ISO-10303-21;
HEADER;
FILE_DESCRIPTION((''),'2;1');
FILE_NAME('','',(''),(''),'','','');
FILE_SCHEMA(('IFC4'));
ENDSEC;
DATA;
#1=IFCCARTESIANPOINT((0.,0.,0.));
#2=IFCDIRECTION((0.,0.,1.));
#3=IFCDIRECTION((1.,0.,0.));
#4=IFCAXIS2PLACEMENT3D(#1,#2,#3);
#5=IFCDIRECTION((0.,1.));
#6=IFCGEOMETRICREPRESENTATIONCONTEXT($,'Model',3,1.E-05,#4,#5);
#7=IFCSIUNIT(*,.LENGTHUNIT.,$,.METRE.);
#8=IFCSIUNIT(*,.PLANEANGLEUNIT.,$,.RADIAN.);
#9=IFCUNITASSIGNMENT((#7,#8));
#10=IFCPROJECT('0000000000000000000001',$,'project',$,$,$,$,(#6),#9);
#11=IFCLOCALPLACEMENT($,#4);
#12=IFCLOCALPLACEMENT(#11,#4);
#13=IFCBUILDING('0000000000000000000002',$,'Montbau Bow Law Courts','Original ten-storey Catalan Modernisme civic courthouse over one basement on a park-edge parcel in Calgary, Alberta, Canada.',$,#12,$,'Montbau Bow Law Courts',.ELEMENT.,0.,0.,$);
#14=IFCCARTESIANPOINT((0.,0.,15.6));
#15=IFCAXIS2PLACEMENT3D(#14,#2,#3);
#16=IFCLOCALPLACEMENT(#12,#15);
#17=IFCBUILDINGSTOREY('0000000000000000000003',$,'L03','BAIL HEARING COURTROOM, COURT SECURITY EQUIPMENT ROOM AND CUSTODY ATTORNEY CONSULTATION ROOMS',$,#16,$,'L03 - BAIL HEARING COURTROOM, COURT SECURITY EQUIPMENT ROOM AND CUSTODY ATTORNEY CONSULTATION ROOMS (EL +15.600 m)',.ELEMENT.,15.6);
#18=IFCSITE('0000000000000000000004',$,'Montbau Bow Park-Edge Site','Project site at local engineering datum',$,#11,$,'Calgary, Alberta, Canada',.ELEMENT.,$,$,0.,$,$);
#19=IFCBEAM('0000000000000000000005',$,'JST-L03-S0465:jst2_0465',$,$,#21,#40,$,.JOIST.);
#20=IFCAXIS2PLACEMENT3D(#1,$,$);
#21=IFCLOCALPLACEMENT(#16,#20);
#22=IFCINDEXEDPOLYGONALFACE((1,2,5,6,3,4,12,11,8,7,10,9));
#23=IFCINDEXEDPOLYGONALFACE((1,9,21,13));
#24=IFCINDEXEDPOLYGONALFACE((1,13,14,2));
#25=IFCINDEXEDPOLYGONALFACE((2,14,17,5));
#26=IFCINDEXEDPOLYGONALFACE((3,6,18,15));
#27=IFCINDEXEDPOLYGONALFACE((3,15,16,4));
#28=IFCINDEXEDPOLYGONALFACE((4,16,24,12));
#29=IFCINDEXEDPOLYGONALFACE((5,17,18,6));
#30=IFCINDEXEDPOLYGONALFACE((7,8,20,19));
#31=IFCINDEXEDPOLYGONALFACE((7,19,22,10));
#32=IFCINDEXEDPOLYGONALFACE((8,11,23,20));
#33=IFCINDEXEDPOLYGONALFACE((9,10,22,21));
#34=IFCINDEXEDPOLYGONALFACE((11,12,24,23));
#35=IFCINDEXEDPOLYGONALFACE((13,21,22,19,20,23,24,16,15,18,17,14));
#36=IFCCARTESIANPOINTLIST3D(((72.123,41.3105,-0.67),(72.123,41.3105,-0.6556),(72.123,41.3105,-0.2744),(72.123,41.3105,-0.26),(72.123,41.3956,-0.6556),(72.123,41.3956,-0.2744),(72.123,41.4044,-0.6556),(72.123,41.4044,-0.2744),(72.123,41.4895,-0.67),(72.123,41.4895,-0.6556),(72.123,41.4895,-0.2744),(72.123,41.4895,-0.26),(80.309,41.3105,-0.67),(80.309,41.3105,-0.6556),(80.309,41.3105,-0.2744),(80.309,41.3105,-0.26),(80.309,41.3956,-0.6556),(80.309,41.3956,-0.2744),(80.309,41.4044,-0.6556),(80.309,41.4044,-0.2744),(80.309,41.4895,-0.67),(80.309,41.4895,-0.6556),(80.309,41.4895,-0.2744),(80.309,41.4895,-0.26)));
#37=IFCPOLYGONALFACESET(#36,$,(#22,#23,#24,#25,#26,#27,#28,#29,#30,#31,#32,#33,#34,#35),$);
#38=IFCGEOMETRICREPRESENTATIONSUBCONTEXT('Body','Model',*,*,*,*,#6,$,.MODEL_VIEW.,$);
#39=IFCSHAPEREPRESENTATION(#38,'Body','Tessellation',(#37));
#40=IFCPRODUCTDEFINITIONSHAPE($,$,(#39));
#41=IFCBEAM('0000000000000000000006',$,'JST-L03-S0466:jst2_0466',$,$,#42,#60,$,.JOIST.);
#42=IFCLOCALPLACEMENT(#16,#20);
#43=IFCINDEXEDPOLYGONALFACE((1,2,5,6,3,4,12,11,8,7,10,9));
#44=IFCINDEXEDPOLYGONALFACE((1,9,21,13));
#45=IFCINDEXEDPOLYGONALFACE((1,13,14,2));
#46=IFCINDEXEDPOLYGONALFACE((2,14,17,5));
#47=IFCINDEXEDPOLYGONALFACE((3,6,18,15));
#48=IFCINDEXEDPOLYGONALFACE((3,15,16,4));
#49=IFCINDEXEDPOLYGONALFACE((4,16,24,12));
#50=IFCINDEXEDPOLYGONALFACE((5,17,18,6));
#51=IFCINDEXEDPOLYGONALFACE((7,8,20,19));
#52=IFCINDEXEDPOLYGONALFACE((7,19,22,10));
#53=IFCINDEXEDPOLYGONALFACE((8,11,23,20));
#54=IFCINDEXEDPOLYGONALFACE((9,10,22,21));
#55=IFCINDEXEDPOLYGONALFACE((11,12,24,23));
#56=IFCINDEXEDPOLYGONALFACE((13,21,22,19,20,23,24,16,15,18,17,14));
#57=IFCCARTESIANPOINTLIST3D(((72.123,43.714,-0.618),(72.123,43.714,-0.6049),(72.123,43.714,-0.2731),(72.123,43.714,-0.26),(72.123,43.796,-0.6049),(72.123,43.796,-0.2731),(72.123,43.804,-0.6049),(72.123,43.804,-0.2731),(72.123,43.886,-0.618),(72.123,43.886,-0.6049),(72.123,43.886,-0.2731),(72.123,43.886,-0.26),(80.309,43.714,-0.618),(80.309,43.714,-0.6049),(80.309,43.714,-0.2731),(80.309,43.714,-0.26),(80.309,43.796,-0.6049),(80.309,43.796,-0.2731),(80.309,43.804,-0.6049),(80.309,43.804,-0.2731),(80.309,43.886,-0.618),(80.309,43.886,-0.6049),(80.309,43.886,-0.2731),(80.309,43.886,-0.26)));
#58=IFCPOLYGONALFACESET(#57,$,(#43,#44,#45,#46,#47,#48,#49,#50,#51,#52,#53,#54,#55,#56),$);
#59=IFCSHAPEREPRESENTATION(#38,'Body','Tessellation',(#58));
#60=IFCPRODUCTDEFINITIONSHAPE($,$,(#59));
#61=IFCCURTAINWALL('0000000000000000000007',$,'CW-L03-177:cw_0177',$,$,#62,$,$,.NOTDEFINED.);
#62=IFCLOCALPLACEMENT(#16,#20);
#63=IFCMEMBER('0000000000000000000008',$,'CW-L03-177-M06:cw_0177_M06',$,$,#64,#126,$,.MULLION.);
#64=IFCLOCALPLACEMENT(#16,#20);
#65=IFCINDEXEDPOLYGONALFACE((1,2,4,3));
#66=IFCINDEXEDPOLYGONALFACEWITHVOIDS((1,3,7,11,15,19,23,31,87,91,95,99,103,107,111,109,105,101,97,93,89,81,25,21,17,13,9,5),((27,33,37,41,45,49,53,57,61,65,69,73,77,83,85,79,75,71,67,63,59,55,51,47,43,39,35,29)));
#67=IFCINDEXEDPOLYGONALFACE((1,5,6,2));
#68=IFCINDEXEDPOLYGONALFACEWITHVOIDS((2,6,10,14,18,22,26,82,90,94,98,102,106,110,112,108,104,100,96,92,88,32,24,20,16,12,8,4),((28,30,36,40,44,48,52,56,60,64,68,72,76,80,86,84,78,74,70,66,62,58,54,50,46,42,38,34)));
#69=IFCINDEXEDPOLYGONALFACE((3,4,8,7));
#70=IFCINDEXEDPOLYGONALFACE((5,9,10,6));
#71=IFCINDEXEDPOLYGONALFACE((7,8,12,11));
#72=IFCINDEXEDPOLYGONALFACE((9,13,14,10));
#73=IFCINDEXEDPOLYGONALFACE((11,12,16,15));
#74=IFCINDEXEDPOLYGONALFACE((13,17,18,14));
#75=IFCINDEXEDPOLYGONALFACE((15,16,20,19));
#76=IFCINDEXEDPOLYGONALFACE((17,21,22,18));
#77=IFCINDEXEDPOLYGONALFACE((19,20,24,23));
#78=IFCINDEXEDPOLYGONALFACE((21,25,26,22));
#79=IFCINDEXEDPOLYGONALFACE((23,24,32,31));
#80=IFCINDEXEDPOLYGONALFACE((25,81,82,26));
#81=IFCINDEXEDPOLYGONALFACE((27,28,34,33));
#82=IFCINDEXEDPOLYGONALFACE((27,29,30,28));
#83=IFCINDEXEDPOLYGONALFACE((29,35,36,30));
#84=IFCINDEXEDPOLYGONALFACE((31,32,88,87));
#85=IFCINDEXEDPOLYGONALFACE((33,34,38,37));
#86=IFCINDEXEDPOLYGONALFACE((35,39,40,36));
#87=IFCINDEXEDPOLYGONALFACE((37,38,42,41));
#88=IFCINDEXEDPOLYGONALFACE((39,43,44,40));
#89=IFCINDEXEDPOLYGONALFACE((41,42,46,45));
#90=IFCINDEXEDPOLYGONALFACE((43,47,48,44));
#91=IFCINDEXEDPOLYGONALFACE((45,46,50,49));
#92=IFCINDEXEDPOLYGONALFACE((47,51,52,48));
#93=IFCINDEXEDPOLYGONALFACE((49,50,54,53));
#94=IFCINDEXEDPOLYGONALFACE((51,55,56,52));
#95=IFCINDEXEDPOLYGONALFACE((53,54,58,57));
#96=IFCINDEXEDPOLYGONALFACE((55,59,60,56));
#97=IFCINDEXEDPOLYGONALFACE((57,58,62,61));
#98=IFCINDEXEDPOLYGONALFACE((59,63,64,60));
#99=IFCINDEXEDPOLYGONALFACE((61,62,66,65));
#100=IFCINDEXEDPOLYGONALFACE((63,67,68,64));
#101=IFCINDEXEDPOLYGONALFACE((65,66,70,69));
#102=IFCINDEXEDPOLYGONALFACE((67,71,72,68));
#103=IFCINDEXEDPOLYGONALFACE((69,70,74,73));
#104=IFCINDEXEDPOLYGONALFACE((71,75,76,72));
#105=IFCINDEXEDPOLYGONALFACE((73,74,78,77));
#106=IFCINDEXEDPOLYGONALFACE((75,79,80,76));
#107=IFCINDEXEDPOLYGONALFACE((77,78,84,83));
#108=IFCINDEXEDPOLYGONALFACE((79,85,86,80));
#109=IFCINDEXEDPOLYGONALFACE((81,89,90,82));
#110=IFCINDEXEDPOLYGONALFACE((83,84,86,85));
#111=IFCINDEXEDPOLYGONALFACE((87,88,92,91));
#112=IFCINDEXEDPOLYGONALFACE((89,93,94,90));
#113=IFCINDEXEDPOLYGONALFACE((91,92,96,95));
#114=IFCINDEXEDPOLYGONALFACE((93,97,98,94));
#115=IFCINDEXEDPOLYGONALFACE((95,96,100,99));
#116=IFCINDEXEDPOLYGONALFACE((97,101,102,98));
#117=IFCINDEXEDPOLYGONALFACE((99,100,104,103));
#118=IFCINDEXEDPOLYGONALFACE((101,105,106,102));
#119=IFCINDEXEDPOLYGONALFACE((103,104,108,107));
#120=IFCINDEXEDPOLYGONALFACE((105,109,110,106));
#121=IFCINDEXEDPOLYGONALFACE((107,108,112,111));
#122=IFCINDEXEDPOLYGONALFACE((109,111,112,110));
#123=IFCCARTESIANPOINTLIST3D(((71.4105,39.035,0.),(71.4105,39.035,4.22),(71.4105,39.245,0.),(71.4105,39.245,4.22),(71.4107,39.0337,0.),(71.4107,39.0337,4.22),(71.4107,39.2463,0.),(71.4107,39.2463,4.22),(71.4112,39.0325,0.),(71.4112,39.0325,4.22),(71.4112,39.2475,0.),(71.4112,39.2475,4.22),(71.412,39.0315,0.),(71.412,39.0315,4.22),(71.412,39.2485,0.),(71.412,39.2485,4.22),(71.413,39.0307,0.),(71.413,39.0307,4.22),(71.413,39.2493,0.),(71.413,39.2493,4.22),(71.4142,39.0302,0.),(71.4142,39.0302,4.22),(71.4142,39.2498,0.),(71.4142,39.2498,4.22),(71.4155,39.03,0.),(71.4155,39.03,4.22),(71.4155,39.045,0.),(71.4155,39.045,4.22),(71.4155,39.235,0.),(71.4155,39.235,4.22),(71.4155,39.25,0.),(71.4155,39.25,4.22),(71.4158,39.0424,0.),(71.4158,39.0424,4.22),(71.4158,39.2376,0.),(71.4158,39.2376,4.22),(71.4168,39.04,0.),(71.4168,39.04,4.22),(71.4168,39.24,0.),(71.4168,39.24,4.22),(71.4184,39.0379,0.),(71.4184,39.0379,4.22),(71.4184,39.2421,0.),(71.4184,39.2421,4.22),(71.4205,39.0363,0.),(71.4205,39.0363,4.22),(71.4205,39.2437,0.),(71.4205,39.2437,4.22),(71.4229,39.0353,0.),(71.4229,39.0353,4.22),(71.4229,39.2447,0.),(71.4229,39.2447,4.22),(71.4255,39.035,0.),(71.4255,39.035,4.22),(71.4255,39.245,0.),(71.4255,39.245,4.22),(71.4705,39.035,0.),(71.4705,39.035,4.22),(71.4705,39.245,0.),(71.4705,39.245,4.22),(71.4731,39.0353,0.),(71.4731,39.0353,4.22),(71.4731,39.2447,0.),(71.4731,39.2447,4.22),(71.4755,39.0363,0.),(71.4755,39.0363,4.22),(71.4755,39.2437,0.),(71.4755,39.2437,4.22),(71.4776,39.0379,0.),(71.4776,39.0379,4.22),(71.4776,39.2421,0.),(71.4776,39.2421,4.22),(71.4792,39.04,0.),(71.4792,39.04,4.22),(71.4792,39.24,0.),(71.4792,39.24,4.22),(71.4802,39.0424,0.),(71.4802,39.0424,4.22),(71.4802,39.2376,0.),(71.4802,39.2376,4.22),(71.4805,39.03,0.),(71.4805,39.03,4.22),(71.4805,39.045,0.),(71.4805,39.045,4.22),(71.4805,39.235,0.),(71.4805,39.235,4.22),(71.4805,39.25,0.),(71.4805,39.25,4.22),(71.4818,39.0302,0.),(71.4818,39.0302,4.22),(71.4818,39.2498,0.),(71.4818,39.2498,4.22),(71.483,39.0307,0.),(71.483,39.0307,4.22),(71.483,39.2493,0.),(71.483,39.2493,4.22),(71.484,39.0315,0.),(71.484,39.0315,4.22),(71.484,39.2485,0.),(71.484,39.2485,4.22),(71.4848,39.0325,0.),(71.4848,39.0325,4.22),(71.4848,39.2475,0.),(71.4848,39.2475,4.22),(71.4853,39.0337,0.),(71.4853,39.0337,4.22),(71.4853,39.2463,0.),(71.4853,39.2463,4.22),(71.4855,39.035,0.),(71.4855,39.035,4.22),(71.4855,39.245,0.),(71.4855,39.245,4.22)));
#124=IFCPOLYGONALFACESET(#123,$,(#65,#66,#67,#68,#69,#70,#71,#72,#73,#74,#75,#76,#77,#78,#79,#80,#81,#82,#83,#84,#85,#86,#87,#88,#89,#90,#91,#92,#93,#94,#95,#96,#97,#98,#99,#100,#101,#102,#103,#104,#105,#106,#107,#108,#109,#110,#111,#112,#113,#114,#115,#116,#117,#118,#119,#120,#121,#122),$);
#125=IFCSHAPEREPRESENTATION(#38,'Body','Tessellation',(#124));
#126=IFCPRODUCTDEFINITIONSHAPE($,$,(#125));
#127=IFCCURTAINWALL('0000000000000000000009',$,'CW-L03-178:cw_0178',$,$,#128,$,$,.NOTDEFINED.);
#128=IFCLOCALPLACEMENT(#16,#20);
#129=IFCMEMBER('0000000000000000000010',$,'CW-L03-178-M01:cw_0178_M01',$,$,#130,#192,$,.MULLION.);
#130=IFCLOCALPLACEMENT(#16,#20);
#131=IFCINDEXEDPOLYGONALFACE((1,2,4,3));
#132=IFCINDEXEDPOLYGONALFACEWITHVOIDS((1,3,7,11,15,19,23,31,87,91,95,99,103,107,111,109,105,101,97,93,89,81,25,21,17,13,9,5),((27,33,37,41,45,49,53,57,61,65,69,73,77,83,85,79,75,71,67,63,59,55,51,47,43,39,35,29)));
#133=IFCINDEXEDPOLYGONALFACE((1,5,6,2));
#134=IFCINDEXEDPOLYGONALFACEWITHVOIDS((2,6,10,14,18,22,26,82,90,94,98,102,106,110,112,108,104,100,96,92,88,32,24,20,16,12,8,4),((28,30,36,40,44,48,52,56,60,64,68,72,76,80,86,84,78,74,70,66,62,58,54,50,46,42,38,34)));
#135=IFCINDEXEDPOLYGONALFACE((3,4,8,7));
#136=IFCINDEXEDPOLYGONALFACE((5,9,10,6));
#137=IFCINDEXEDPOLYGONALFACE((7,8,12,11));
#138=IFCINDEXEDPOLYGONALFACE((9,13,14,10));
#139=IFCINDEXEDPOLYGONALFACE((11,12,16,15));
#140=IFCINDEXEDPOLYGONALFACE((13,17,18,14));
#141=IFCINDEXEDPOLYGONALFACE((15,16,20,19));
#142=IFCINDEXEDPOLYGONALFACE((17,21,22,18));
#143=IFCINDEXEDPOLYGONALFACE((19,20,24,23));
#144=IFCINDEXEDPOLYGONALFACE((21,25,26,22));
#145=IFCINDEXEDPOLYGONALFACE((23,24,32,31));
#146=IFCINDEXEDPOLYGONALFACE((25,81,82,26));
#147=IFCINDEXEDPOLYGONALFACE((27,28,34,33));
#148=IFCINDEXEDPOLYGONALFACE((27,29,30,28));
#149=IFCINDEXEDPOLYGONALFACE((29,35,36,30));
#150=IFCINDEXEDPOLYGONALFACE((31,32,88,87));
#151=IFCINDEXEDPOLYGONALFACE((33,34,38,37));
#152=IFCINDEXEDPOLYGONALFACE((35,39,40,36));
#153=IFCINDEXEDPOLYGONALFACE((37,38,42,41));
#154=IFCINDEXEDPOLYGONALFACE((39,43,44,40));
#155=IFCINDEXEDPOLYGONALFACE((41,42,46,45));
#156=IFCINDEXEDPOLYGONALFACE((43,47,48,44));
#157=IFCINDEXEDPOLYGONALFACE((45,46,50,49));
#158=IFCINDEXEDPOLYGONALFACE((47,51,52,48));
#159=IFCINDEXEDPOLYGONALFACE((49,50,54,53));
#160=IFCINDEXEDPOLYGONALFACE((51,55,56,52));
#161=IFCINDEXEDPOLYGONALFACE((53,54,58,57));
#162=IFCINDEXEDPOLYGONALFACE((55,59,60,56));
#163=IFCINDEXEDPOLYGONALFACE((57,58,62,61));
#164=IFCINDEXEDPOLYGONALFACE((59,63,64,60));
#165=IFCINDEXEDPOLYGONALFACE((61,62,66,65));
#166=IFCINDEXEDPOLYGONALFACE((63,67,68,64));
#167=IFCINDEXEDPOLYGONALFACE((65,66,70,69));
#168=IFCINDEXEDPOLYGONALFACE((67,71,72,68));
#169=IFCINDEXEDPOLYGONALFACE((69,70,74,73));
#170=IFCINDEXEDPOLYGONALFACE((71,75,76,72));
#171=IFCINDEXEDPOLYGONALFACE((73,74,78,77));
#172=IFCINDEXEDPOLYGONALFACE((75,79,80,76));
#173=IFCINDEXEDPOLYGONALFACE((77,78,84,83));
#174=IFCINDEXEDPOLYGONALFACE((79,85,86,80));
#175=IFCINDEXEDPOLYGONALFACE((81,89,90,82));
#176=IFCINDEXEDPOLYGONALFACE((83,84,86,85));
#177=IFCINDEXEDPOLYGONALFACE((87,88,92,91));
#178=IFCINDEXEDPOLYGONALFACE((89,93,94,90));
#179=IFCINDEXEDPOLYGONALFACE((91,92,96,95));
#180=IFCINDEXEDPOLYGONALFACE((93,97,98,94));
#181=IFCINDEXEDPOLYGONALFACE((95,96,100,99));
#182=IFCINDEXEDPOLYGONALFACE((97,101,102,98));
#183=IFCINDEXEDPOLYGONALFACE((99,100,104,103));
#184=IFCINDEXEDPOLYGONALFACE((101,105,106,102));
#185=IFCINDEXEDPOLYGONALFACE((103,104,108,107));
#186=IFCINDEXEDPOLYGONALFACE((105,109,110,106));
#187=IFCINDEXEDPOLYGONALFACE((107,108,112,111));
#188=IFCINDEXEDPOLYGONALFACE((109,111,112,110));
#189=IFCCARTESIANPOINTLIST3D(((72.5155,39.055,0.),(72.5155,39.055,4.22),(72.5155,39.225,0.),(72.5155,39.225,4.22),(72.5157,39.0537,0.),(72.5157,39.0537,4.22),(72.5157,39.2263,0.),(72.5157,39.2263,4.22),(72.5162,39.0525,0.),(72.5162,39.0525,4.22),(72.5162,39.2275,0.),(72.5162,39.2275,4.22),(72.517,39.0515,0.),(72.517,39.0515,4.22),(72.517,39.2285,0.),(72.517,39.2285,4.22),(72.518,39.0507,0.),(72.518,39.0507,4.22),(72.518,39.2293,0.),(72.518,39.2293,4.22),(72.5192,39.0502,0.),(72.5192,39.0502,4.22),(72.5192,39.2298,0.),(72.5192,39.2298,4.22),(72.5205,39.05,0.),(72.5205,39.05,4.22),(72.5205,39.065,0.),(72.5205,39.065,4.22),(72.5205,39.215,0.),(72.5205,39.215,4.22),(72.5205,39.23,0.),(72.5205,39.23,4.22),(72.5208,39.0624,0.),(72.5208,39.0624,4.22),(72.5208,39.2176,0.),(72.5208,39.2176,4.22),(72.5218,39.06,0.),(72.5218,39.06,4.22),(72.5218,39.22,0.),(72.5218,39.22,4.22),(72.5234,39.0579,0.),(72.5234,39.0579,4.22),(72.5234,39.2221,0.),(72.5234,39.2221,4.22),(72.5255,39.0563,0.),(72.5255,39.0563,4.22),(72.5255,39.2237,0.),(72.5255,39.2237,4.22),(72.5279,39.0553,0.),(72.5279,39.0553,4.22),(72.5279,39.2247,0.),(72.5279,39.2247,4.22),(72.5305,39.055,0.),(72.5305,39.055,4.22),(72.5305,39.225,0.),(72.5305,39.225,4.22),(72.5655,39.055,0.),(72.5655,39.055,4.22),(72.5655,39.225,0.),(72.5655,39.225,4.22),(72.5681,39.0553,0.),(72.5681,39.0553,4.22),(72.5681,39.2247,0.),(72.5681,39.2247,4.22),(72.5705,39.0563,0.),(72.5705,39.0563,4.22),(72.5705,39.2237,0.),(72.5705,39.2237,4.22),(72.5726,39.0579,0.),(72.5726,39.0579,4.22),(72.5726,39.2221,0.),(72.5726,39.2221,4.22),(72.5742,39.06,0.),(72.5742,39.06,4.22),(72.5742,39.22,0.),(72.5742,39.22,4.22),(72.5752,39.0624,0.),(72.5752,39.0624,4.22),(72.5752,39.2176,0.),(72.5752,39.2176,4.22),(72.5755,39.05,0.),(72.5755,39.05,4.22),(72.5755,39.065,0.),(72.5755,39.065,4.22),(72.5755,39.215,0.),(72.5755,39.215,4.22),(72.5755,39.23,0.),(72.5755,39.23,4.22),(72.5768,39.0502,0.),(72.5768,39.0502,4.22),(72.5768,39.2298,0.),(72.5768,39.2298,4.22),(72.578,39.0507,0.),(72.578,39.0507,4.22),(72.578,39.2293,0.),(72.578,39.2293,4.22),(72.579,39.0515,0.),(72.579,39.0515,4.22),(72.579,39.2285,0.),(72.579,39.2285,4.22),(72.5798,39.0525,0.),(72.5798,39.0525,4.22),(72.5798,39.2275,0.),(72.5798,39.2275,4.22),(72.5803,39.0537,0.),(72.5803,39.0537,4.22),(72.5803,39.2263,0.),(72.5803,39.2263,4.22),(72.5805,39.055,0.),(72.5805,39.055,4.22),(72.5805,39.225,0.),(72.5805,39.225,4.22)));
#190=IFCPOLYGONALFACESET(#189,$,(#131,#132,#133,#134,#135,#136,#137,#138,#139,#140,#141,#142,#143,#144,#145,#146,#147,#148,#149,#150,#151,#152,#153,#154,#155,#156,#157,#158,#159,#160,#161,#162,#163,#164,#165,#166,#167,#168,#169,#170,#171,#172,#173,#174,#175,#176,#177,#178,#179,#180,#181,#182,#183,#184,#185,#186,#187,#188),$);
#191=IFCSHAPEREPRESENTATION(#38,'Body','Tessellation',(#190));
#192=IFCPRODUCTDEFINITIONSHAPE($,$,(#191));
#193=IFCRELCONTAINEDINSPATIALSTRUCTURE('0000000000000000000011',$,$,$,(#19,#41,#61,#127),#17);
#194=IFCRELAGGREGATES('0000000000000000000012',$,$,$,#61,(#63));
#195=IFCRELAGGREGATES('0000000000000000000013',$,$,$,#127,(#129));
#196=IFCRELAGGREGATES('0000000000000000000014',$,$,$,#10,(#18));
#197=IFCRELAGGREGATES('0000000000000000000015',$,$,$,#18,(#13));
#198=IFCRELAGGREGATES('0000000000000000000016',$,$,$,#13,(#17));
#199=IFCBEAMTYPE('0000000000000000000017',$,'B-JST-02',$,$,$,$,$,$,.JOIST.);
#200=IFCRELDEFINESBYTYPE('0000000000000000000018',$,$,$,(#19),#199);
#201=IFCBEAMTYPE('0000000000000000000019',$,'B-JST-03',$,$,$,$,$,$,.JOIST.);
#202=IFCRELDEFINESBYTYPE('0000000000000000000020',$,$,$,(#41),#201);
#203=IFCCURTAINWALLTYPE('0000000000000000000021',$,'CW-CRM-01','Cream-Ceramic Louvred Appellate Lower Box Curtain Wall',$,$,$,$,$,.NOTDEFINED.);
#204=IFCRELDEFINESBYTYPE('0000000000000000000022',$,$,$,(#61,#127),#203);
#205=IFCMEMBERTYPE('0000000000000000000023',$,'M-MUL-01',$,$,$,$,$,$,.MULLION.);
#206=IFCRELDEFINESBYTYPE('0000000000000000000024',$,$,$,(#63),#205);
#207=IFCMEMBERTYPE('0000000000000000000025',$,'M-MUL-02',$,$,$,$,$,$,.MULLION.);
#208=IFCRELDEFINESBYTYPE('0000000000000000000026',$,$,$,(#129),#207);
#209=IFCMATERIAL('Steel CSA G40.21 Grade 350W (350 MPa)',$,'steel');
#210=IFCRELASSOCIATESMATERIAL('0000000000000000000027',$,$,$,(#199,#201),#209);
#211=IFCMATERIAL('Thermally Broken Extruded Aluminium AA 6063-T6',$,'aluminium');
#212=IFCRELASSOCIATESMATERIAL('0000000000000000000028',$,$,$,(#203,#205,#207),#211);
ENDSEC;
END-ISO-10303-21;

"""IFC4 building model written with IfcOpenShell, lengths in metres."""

from ifc_helpers import new_model, si_unit, direction, frame, origin_with_axes, origin_2d_with_axis, place, context, subcontext, project, spatial, hollow_rectangle, i_section, extrude, material, material_profile, profile_set, type_object, element, aggregate, save


model = new_model("IFC4")

# Units and contexts
model_context = context("Model", 3, precision=1e-05, world=origin_with_axes(), true_north=direction((0.0, 1.0)))
body_context = subcontext(model_context, "Body", "Model", "MODEL_VIEW")
ifc_project = project(units=[si_unit("LENGTHUNIT", "METRE"), si_unit("PLANEANGLEUNIT", "RADIAN")], contexts=[model_context])

# Site, building, storey
site_placement = place(None, origin_with_axes())
site = spatial("IfcSite", under=ifc_project, at=site_placement, Name="Montbau Bow Park-Edge Site", Description="Project site at local engineering datum", LongName="Calgary, Alberta, Canada", CompositionType="ELEMENT", RefElevation=0.0)
building_placement = place(site_placement, origin_with_axes())
building = spatial("IfcBuilding", under=site, at=building_placement, Name="Montbau Bow Law Courts", Description="Original ten-storey Catalan Modernisme civic courthouse over one basement on a park-edge parcel in Calgary, Alberta, Canada.", LongName="Montbau Bow Law Courts", CompositionType="ELEMENT", ElevationOfRefHeight=0.0, ElevationOfTerrain=0.0)
storey_placement = place(building_placement, frame((0.0, 0.0, 15.6), z_axis=(0.0, 0.0, 1.0), x_axis=(1.0, 0.0, 0.0)))
storey = spatial("IfcBuildingStorey", under=building, at=storey_placement, Name="L03", Description="BAIL HEARING COURTROOM, COURT SECURITY EQUIPMENT ROOM AND CUSTODY ATTORNEY CONSULTATION ROOMS", LongName="L03 - BAIL HEARING COURTROOM, COURT SECURITY EQUIPMENT ROOM AND CUSTODY ATTORNEY CONSULTATION ROOMS (EL +15.600 m)", CompositionType="ELEMENT", Elevation=15.6)

# Beams
ifc_material_1 = material(Name="Steel CSA G40.21 Grade 350W (350 MPa)", Category="steel")
ifc_material_profile_1 = material_profile(ifc_material_1, i_section(OverallWidth=0.179, OverallDepth=0.41, WebThickness=0.0088, FlangeThickness=0.0144, at=origin_2d_with_axis()), Name="W410X67", Category="Main", Priority=0)
ifc_profile_set_1 = profile_set([ifc_material_profile_1], Name="Steel CSA G40.21 Grade 350W (350 MPa)")
beam_type_1 = type_object("IfcBeamType", Name="B-JST-02", PredefinedType="JOIST", material=ifc_profile_set_1)
beam_1_placement = place(None, frame((72.123, 41.4, 15.135), z_axis=(1.0, 0.0, 0.0), x_axis=(0.0, 1.0, 0.0)))
element("IfcBeam", 1, at=beam_1_placement, inside=storey, type_object=beam_type_1, Name="JST-L03-S0465:jst2_0465", PredefinedType="JOIST", context=body_context, shape_type="SweptSolid", body=[
    extrude(i_section(OverallWidth=0.179, OverallDepth=0.41, WebThickness=0.0088, FlangeThickness=0.0144, at=origin_2d_with_axis()), origin_with_axes(), (0.0, 0.0, 1.0), 8.186),
])
ifc_material_profile_2 = material_profile(ifc_material_1, i_section(OverallWidth=0.172, OverallDepth=0.358, WebThickness=0.0079, FlangeThickness=0.0131, at=origin_2d_with_axis()), Name="W360X57", Category="Main", Priority=0)
ifc_profile_set_2 = profile_set([ifc_material_profile_2], Name="Steel CSA G40.21 Grade 350W (350 MPa)")
beam_type_2 = type_object("IfcBeamType", Name="B-JST-03", PredefinedType="JOIST", material=ifc_profile_set_2)
beam_2_placement = place(None, frame((72.123, 43.8, 15.161), z_axis=(1.0, 0.0, 0.0), x_axis=(0.0, 1.0, 0.0)))
element("IfcBeam", 2, at=beam_2_placement, inside=storey, type_object=beam_type_2, Name="JST-L03-S0466:jst2_0466", PredefinedType="JOIST", context=body_context, shape_type="SweptSolid", body=[
    extrude(i_section(OverallWidth=0.172, OverallDepth=0.358, WebThickness=0.0079, FlangeThickness=0.0131, at=origin_2d_with_axis()), origin_with_axes(), (0.0, 0.0, 1.0), 8.186),
])

# Curtain wall, member
ifc_material_2 = material(Name="Thermally Broken Extruded Aluminium AA 6063-T6", Category="aluminium")
curtain_wall_type = type_object("IfcCurtainWallType", Name="CW-CRM-01", Description="Cream-Ceramic Louvred Appellate Lower Box Curtain Wall", PredefinedType="NOTDEFINED", material=ifc_material_2)
curtain_wall_1_placement = place(None, frame((64.115, 39.14, 15.6), z_axis=(0.0, 0.0, 1.0), x_axis=(1.0, 0.0, 0.0)))
curtain_wall_1 = element("IfcCurtainWall", 3, at=curtain_wall_1_placement, inside=storey, type_object=curtain_wall_type, Name="CW-L03-177:cw_0177", PredefinedType="NOTDEFINED")
ifc_material_profile_3 = material_profile(ifc_material_2, hollow_rectangle(XDim=0.075, YDim=0.22, WallThickness=0.005, InnerFilletRadius=0.01, OuterFilletRadius=0.005, at=origin_2d_with_axis()), Name="CWM-220X75", Category="Main", Priority=0)
ifc_profile_set_3 = profile_set([ifc_material_profile_3], Name="Thermally Broken Extruded Aluminium AA 6063-T6")
member_type_1 = type_object("IfcMemberType", Name="M-MUL-01", PredefinedType="MULLION", material=ifc_profile_set_3)
member_1_placement = place(None, frame((71.448, 39.14, 15.6), z_axis=(0.0, 0.0, 1.0), x_axis=(1.0, 0.0, 0.0)))
member_1 = element("IfcMember", 4, at=member_1_placement, type_object=member_type_1, Name="CW-L03-177-M06:cw_0177_M06", PredefinedType="MULLION", context=body_context, shape_type="SweptSolid", body=[
    extrude(hollow_rectangle(XDim=0.075, YDim=0.22, WallThickness=0.005, InnerFilletRadius=0.01, OuterFilletRadius=0.005, at=origin_2d_with_axis()), origin_with_axes(), (0.0, 0.0, 1.0), 4.22),
])

# Curtain wall, member
curtain_wall_2_placement = place(None, frame((72.515, 39.14, 15.6), z_axis=(0.0, 0.0, 1.0), x_axis=(1.0, 0.0, 0.0)))
curtain_wall_2 = element("IfcCurtainWall", 5, at=curtain_wall_2_placement, inside=storey, type_object=curtain_wall_type, Name="CW-L03-178:cw_0178", PredefinedType="NOTDEFINED")
ifc_material_profile_4 = material_profile(ifc_material_2, hollow_rectangle(XDim=0.065, YDim=0.18, WallThickness=0.005, InnerFilletRadius=0.01, OuterFilletRadius=0.005, at=origin_2d_with_axis()), Name="CWM-180X65", Category="Main", Priority=0)
ifc_profile_set_4 = profile_set([ifc_material_profile_4], Name="Thermally Broken Extruded Aluminium AA 6063-T6")
member_type_2 = type_object("IfcMemberType", Name="M-MUL-02", PredefinedType="MULLION", material=ifc_profile_set_4)
member_2_placement = place(None, frame((72.548, 39.14, 15.6), z_axis=(0.0, 0.0, 1.0), x_axis=(1.0, 0.0, 0.0)))
member_2 = element("IfcMember", 6, at=member_2_placement, type_object=member_type_2, Name="CW-L03-178-M01:cw_0178_M01", PredefinedType="MULLION", context=body_context, shape_type="SweptSolid", body=[
    extrude(hollow_rectangle(XDim=0.065, YDim=0.18, WallThickness=0.005, InnerFilletRadius=0.01, OuterFilletRadius=0.005, at=origin_2d_with_axis()), origin_with_axes(), (0.0, 0.0, 1.0), 4.22),
])

aggregate(curtain_wall_1, [member_1])
aggregate(curtain_wall_2, [member_2])

save(model, "model.ifc")
